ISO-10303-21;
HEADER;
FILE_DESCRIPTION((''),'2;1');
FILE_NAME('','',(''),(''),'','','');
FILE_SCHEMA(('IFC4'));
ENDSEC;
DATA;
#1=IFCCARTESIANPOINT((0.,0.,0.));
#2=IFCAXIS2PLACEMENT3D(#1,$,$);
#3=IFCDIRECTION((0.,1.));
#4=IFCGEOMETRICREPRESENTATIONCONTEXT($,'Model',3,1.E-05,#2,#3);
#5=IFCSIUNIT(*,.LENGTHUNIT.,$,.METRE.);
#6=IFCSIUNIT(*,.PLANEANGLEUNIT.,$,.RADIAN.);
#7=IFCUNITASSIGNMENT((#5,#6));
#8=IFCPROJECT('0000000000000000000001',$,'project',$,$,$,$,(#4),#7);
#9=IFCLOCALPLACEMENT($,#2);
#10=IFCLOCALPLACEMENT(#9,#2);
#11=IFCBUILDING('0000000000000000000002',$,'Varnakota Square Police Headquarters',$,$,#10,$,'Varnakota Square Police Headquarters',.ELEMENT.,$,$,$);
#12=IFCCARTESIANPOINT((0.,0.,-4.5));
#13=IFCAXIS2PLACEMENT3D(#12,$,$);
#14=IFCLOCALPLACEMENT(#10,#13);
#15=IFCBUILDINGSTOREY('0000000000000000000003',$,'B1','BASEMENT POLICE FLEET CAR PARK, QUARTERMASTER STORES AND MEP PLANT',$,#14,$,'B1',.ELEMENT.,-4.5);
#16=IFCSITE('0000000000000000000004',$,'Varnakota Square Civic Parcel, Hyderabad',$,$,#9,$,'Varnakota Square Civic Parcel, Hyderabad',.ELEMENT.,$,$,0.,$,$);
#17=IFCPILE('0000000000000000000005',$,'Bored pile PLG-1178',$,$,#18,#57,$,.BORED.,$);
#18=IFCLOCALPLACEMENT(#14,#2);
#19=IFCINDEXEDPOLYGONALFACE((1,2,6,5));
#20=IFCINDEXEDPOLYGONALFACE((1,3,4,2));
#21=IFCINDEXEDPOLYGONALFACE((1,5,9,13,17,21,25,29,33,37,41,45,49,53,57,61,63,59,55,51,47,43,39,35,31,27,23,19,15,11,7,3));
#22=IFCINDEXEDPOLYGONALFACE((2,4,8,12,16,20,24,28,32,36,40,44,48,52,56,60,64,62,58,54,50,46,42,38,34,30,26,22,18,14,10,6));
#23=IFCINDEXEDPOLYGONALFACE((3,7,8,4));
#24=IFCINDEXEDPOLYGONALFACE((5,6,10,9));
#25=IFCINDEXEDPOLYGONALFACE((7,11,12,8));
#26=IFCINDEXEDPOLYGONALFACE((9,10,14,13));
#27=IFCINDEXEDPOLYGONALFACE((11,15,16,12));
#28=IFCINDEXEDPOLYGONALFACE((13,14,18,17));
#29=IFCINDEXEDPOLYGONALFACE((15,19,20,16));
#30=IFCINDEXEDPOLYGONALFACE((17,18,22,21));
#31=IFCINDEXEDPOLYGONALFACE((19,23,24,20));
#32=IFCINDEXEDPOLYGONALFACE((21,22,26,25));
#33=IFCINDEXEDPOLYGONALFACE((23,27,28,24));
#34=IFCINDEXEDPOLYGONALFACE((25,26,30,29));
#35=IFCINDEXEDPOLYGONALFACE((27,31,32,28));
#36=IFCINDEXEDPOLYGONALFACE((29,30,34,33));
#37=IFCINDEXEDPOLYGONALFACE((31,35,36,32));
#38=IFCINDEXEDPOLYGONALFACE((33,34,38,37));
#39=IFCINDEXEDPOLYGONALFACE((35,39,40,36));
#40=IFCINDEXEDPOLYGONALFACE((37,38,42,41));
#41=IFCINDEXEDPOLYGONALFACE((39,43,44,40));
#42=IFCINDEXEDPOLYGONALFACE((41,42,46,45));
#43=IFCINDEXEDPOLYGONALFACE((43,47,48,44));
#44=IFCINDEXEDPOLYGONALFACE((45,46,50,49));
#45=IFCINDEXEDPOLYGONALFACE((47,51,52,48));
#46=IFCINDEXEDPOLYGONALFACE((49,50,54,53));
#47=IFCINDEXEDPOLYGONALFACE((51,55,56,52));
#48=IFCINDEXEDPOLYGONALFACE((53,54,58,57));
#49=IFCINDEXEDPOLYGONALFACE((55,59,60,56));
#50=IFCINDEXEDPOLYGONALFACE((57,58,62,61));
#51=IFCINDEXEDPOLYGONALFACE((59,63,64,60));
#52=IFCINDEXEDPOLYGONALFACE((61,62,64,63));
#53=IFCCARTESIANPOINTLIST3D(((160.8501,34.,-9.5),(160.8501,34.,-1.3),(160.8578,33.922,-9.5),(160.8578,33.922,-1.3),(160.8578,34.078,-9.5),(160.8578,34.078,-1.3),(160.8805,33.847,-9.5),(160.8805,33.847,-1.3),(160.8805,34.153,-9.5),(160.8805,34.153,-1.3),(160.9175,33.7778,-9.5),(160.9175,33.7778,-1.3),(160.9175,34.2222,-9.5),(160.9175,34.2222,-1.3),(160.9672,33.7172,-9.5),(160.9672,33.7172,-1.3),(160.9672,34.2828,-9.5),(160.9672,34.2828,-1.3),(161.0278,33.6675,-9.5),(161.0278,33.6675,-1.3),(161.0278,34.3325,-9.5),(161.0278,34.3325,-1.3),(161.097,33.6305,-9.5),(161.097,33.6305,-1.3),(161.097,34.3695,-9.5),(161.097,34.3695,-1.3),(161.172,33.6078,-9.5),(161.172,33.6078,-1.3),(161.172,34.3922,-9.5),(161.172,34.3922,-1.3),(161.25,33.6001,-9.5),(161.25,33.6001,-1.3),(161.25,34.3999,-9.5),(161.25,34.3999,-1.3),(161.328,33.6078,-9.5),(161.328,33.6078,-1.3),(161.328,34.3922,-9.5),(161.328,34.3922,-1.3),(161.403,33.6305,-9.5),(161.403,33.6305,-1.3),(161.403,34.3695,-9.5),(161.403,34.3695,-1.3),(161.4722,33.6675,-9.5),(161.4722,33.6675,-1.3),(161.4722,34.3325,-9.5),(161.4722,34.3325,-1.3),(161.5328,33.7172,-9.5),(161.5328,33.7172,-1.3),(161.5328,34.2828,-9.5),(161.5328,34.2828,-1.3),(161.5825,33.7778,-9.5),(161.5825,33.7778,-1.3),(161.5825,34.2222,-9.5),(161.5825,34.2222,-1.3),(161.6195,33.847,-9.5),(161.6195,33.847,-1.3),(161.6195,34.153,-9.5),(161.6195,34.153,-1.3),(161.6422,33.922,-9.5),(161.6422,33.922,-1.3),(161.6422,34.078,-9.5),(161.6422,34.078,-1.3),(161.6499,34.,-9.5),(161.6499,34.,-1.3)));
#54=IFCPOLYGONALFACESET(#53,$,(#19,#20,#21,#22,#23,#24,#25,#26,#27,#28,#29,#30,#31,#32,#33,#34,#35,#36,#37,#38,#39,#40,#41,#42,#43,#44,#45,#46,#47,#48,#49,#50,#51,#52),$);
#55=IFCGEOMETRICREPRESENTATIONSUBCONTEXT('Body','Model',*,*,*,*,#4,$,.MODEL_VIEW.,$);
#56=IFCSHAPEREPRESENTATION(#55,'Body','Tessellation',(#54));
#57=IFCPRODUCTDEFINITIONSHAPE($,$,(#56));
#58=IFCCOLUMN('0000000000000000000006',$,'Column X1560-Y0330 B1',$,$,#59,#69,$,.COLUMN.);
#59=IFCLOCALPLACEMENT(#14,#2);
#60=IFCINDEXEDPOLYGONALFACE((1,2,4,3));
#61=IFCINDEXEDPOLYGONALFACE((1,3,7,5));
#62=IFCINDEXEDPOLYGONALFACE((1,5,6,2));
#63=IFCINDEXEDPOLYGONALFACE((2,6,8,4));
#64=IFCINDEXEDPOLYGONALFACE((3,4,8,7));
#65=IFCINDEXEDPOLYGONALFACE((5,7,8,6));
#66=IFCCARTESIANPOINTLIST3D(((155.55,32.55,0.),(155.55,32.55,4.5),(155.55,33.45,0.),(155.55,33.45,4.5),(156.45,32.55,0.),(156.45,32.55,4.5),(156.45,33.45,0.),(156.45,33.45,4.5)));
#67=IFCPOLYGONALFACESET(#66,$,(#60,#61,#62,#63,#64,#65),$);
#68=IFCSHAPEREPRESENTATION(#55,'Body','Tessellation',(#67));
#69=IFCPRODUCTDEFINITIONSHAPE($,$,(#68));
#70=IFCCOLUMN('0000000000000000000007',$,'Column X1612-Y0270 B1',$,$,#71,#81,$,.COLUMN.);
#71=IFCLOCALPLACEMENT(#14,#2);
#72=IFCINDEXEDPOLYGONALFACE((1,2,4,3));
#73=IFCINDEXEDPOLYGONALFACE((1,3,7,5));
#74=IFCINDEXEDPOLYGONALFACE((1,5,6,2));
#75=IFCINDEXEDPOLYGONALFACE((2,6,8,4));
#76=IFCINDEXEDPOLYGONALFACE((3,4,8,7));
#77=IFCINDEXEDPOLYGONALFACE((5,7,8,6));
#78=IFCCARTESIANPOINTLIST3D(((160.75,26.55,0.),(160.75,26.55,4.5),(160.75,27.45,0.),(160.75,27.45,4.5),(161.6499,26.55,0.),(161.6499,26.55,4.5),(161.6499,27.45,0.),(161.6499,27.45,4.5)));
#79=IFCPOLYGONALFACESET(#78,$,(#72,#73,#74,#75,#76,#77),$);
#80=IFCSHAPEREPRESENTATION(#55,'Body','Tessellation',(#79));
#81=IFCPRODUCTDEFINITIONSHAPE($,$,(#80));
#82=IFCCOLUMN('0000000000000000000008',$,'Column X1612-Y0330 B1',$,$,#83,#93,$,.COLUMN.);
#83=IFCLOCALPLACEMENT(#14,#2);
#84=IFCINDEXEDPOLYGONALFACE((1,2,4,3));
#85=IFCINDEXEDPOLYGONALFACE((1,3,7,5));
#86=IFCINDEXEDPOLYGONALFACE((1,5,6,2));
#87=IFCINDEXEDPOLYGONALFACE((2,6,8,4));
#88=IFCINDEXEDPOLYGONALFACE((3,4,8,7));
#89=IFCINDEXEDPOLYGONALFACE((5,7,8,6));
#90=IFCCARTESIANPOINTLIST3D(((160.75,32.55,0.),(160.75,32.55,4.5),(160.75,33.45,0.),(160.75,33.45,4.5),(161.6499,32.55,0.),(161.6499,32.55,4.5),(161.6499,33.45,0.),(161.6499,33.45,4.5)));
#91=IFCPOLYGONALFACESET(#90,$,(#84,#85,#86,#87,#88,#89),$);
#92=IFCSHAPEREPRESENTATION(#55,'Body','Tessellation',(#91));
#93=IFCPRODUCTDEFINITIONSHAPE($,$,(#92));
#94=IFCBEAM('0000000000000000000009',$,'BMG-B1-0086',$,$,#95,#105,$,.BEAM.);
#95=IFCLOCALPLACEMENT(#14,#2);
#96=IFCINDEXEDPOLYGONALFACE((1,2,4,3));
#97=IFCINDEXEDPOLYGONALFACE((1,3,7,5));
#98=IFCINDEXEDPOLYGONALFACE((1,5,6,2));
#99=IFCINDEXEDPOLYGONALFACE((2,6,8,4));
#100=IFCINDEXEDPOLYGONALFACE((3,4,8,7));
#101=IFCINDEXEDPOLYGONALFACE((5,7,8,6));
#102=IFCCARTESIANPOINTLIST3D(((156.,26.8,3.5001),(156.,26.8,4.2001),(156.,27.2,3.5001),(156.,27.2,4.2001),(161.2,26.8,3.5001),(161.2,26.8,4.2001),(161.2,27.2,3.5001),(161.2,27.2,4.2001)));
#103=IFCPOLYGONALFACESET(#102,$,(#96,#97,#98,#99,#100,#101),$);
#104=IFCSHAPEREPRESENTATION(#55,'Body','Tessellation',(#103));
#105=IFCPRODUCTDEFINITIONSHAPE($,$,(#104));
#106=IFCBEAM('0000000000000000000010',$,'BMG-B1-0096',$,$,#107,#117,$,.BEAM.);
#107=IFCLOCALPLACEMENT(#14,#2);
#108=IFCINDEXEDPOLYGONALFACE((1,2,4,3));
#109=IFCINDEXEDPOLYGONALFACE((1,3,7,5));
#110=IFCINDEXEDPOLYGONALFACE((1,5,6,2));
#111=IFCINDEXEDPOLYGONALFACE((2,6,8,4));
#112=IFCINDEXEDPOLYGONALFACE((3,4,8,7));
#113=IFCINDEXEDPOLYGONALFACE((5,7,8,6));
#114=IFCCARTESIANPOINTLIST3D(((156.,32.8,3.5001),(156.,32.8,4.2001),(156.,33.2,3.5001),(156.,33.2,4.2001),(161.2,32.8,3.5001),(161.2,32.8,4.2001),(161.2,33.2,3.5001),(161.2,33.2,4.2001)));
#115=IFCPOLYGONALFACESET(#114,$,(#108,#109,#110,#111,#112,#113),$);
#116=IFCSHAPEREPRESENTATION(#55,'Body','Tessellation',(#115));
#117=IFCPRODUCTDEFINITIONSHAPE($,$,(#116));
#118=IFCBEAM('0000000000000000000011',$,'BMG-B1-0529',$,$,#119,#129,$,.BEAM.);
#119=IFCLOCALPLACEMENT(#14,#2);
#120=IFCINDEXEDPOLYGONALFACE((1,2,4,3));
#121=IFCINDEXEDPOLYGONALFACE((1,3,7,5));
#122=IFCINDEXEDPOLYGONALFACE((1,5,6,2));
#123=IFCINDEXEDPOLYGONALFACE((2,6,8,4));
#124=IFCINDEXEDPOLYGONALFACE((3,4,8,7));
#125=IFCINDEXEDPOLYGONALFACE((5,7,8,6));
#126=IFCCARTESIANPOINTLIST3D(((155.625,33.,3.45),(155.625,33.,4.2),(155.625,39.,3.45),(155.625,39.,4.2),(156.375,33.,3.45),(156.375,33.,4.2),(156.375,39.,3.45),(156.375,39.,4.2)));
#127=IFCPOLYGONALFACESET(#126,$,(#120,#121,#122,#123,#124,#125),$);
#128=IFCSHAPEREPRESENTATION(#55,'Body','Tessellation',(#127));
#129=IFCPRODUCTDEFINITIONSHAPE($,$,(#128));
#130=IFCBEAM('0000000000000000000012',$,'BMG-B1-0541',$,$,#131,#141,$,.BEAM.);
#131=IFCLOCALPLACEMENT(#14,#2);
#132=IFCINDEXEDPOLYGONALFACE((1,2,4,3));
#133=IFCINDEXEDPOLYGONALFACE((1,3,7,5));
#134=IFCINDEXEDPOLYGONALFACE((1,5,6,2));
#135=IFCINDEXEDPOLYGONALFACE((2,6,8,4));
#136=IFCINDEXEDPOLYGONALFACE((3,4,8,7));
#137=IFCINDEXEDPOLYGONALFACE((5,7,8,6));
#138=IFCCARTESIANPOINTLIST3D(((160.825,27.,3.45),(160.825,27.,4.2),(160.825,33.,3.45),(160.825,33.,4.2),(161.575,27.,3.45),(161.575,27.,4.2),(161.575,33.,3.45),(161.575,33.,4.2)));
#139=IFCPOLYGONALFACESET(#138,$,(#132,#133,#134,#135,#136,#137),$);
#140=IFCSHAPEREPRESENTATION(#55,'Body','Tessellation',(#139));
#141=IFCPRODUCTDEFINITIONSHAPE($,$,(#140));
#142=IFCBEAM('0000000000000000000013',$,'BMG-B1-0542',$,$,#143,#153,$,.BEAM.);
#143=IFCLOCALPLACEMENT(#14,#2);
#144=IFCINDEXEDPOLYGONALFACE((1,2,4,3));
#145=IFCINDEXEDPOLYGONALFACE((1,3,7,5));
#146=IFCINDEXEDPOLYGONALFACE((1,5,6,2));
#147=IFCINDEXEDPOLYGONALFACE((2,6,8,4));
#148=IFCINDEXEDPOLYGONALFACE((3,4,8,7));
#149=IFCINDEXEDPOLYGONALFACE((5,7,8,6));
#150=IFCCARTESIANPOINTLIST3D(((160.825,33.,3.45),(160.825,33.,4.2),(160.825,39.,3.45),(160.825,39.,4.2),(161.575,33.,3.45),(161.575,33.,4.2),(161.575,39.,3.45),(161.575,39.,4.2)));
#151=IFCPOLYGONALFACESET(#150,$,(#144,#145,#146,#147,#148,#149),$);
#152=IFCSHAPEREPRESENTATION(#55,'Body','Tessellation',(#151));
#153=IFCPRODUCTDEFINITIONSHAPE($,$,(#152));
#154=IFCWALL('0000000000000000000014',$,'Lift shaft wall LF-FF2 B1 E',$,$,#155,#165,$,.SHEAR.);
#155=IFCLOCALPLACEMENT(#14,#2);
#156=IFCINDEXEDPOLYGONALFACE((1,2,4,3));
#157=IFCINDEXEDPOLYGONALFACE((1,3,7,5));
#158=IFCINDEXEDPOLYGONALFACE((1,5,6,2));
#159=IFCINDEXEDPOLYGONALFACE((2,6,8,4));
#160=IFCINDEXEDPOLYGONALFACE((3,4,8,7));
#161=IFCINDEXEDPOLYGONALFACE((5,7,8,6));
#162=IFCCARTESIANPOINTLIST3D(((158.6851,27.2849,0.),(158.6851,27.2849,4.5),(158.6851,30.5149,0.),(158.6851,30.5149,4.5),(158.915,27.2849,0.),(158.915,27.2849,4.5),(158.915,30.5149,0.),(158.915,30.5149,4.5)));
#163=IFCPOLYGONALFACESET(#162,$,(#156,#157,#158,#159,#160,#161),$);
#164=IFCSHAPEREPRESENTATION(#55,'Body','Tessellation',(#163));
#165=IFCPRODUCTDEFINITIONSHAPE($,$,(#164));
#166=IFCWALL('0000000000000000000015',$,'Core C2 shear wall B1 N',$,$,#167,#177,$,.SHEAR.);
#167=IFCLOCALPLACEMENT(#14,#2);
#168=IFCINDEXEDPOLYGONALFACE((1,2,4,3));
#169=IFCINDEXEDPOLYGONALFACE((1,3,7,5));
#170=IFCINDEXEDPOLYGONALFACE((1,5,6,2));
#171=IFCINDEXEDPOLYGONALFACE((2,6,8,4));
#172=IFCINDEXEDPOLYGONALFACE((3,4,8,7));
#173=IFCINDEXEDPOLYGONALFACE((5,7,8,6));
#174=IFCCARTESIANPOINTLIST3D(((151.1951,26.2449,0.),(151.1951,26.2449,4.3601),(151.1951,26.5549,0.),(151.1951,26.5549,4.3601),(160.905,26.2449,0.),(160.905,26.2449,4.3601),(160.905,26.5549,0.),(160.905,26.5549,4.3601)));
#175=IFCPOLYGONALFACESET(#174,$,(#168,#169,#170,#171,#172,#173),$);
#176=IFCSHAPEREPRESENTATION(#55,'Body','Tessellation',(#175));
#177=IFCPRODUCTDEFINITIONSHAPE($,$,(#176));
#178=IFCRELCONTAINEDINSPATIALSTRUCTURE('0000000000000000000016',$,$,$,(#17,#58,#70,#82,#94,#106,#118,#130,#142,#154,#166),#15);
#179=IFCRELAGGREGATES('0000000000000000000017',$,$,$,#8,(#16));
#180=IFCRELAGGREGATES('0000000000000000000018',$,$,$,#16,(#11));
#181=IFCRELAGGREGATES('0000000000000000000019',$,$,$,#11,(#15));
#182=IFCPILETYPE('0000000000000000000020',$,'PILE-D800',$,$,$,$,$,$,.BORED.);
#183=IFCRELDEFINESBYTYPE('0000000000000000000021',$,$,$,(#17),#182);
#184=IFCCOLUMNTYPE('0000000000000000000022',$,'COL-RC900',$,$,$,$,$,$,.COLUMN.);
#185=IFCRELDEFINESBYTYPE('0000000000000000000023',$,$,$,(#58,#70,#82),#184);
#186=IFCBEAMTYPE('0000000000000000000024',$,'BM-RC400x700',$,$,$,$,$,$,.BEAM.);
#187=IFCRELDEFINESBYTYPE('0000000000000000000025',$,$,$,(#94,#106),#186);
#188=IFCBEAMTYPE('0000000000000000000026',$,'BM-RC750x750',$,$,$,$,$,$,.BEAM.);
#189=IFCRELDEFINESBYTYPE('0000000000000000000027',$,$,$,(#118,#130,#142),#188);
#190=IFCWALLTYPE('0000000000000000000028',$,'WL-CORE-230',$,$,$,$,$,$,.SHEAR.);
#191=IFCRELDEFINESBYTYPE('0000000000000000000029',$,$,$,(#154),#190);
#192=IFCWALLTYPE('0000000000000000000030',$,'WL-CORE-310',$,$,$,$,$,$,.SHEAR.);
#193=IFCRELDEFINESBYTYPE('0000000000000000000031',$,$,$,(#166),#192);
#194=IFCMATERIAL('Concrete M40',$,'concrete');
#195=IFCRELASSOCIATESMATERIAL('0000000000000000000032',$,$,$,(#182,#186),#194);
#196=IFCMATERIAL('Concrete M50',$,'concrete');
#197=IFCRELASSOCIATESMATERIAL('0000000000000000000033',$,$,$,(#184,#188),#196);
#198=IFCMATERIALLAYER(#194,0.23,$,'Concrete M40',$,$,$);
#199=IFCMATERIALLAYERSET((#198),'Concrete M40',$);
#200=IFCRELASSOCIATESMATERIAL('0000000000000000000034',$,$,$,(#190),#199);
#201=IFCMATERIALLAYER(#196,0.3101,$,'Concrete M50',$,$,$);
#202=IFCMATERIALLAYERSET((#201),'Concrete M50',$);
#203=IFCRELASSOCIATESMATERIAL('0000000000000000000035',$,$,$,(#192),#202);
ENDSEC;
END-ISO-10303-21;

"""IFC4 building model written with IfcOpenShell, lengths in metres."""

from ifc_helpers import new_model, si_unit, direction, frame, frame_2d, origin, origin_2d, place, context, subcontext, project, spatial, rectangle, circle, extrude, material, layer, layer_set, material_profile, profile_set, type_object, element, save


model = new_model("IFC4")

# Units and contexts
model_context = context("Model", 3, precision=1e-05, world=origin(), true_north=direction((0.0, 1.0)))
body_context = subcontext(model_context, "Body", "Model", "MODEL_VIEW")
ifc_project = project(units=[si_unit("LENGTHUNIT", "METRE"), si_unit("PLANEANGLEUNIT", "RADIAN")], contexts=[model_context])

# Site, building, storey
site_placement = place(None, origin())
site = spatial("IfcSite", under=ifc_project, at=site_placement, Name="Varnakota Square Civic Parcel, Hyderabad", LongName="Varnakota Square Civic Parcel, Hyderabad", CompositionType="ELEMENT", RefElevation=0.0)
building_placement = place(site_placement, origin())
building = spatial("IfcBuilding", under=site, at=building_placement, Name="Varnakota Square Police Headquarters", LongName="Varnakota Square Police Headquarters", CompositionType="ELEMENT")
storey_placement = place(building_placement, frame((0.0, 0.0, -4.5)))
storey = spatial("IfcBuildingStorey", under=building, at=storey_placement, Name="B1", Description="BASEMENT POLICE FLEET CAR PARK, QUARTERMASTER STORES AND MEP PLANT", LongName="B1", CompositionType="ELEMENT", Elevation=-4.5)

# Shared definitions
ifc_material_1 = material(Name="Concrete M40", Category="concrete")
ifc_material_2 = material(Name="Concrete M50", Category="concrete")

# Pile
ifc_material_profile_1 = material_profile(ifc_material_1, circle(Radius=0.3999, at=origin_2d()), Name="BORED PILE 800")
ifc_profile_set_1 = profile_set([ifc_material_profile_1], Name="Concrete M40")
pile_type = type_object("IfcPileType", Name="PILE-D800", PredefinedType="BORED", material=ifc_profile_set_1)
for number, where, z_axis, x_axis, name in (
    (1, (161.25, 34.0, -1.3), (0.0, 0.0, -1.0), (1.0, 0.0, 0.0), "Bored pile PLG-1178"),
):
    element("IfcPile", number, at=place(storey_placement, frame(where, z_axis=z_axis, x_axis=x_axis)), inside=storey, type_object=pile_type, Name=name, PredefinedType="BORED", context=body_context, shape_type="SweptSolid", body=[
        extrude(circle(Radius=0.3999, at=origin_2d()), origin(), (0.0, 0.0, 1.0), 8.2),
    ])

# Columns
ifc_material_profile_2 = material_profile(ifc_material_2, rectangle(XDim=0.8999, YDim=0.8999, at=origin_2d()), Name="RC 900x900")
ifc_profile_set_2 = profile_set([ifc_material_profile_2], Name="Concrete M50")
column_type = type_object("IfcColumnType", Name="COL-RC900", PredefinedType="COLUMN", material=ifc_profile_set_2)
for number, where, z_axis, x_axis, name in (
    (2, (156.0, 33.0, 0.0), (0.0, 0.0, 1.0), (1.0, 0.0, 0.0), "Column X1560-Y0330 B1"),
    (3, (161.2, 27.0, 0.0), (0.0, 0.0, 1.0), (1.0, 0.0, 0.0), "Column X1612-Y0270 B1"),
    (4, (161.2, 33.0, 0.0), (0.0, 0.0, 1.0), (1.0, 0.0, 0.0), "Column X1612-Y0330 B1"),
):
    element("IfcColumn", number, at=place(storey_placement, frame(where, z_axis=z_axis, x_axis=x_axis)), inside=storey, type_object=column_type, Name=name, PredefinedType="COLUMN", context=body_context, shape_type="SweptSolid", body=[
        extrude(rectangle(XDim=0.8999, YDim=0.8999, at=origin_2d()), origin(), (0.0, 0.0, 1.0), 4.5),
    ])

# Beams
ifc_material_profile_3 = material_profile(ifc_material_1, rectangle(XDim=0.3999, YDim=0.7, at=origin_2d()), Name="RC 400x700")
ifc_profile_set_3 = profile_set([ifc_material_profile_3], Name="Concrete M40")
beam_type_1 = type_object("IfcBeamType", Name="BM-RC400x700", PredefinedType="BEAM", material=ifc_profile_set_3)
for number, where, z_axis, x_axis, name in (
    (5, (156.0, 27.0, 3.8501), (1.0, 0.0, 0.0), (0.0, 1.0, 0.0), "BMG-B1-0086"),
    (6, (156.0, 33.0, 3.8501), (1.0, 0.0, 0.0), (0.0, 1.0, 0.0), "BMG-B1-0096"),
):
    element("IfcBeam", number, at=place(storey_placement, frame(where, z_axis=z_axis, x_axis=x_axis)), inside=storey, type_object=beam_type_1, Name=name, PredefinedType="BEAM", context=body_context, shape_type="SweptSolid", body=[
        extrude(rectangle(XDim=0.3999, YDim=0.7, at=origin_2d()), origin(), (0.0, 0.0, 1.0), 5.2),
    ])
ifc_material_profile_4 = material_profile(ifc_material_2, rectangle(XDim=0.75, YDim=0.75, at=origin_2d()), Name="RC 750x750")
ifc_profile_set_4 = profile_set([ifc_material_profile_4], Name="Concrete M50")
beam_type_2 = type_object("IfcBeamType", Name="BM-RC750x750", PredefinedType="BEAM", material=ifc_profile_set_4)
for number, where, z_axis, x_axis, name in (
    (7, (156.0, 33.0, 3.825), (0.0, 1.0, 0.0), (-1.0, 0.0, 0.0), "BMG-B1-0529"),
    (8, (161.2, 27.0, 3.825), (0.0, 1.0, 0.0), (-1.0, 0.0, 0.0), "BMG-B1-0541"),
    (9, (161.2, 33.0, 3.825), (0.0, 1.0, 0.0), (-1.0, 0.0, 0.0), "BMG-B1-0542"),
):
    element("IfcBeam", number, at=place(storey_placement, frame(where, z_axis=z_axis, x_axis=x_axis)), inside=storey, type_object=beam_type_2, Name=name, PredefinedType="BEAM", context=body_context, shape_type="SweptSolid", body=[
        extrude(rectangle(XDim=0.75, YDim=0.75, at=origin_2d()), origin(), (0.0, 0.0, 1.0), 6.0),
    ])

# Walls
ifc_layer_1 = layer(ifc_material_1, 0.23, Name="Concrete M40")
ifc_layer_set_1 = layer_set([ifc_layer_1], Name="Concrete M40")
wall_type_1 = type_object("IfcWallType", Name="WL-CORE-230", PredefinedType="SHEAR", material=ifc_layer_set_1)
wall_1_placement = place(storey_placement, frame((158.8, 27.2849, 0.0), z_axis=(0.0, 0.0, 1.0), x_axis=(0.0, 1.0, 0.0)))
element("IfcWall", 10, at=wall_1_placement, inside=storey, type_object=wall_type_1, Name="Lift shaft wall LF-FF2 B1 E", PredefinedType="SHEAR", context=body_context, shape_type="SweptSolid", body=[
    extrude(rectangle(XDim=3.23, YDim=0.23, at=frame_2d((1.615, 0.0))), origin(), (0.0, 0.0, 1.0), 4.5),
])
ifc_layer_2 = layer(ifc_material_2, 0.3101, Name="Concrete M50")
ifc_layer_set_2 = layer_set([ifc_layer_2], Name="Concrete M50")
wall_type_2 = type_object("IfcWallType", Name="WL-CORE-310", PredefinedType="SHEAR", material=ifc_layer_set_2)
wall_2_placement = place(storey_placement, frame((160.905, 26.3999, 0.0), z_axis=(0.0, 0.0, 1.0), x_axis=(-1.0, 0.0, 0.0)))
element("IfcWall", 11, at=wall_2_placement, inside=storey, type_object=wall_type_2, Name="Core C2 shear wall B1 N", PredefinedType="SHEAR", context=body_context, shape_type="SweptSolid", body=[
    extrude(rectangle(XDim=9.71, YDim=0.3101, at=frame_2d((4.855, 0.0))), origin(), (0.0, 0.0, 1.0), 4.3601),
])

save(model, "model.ifc")
